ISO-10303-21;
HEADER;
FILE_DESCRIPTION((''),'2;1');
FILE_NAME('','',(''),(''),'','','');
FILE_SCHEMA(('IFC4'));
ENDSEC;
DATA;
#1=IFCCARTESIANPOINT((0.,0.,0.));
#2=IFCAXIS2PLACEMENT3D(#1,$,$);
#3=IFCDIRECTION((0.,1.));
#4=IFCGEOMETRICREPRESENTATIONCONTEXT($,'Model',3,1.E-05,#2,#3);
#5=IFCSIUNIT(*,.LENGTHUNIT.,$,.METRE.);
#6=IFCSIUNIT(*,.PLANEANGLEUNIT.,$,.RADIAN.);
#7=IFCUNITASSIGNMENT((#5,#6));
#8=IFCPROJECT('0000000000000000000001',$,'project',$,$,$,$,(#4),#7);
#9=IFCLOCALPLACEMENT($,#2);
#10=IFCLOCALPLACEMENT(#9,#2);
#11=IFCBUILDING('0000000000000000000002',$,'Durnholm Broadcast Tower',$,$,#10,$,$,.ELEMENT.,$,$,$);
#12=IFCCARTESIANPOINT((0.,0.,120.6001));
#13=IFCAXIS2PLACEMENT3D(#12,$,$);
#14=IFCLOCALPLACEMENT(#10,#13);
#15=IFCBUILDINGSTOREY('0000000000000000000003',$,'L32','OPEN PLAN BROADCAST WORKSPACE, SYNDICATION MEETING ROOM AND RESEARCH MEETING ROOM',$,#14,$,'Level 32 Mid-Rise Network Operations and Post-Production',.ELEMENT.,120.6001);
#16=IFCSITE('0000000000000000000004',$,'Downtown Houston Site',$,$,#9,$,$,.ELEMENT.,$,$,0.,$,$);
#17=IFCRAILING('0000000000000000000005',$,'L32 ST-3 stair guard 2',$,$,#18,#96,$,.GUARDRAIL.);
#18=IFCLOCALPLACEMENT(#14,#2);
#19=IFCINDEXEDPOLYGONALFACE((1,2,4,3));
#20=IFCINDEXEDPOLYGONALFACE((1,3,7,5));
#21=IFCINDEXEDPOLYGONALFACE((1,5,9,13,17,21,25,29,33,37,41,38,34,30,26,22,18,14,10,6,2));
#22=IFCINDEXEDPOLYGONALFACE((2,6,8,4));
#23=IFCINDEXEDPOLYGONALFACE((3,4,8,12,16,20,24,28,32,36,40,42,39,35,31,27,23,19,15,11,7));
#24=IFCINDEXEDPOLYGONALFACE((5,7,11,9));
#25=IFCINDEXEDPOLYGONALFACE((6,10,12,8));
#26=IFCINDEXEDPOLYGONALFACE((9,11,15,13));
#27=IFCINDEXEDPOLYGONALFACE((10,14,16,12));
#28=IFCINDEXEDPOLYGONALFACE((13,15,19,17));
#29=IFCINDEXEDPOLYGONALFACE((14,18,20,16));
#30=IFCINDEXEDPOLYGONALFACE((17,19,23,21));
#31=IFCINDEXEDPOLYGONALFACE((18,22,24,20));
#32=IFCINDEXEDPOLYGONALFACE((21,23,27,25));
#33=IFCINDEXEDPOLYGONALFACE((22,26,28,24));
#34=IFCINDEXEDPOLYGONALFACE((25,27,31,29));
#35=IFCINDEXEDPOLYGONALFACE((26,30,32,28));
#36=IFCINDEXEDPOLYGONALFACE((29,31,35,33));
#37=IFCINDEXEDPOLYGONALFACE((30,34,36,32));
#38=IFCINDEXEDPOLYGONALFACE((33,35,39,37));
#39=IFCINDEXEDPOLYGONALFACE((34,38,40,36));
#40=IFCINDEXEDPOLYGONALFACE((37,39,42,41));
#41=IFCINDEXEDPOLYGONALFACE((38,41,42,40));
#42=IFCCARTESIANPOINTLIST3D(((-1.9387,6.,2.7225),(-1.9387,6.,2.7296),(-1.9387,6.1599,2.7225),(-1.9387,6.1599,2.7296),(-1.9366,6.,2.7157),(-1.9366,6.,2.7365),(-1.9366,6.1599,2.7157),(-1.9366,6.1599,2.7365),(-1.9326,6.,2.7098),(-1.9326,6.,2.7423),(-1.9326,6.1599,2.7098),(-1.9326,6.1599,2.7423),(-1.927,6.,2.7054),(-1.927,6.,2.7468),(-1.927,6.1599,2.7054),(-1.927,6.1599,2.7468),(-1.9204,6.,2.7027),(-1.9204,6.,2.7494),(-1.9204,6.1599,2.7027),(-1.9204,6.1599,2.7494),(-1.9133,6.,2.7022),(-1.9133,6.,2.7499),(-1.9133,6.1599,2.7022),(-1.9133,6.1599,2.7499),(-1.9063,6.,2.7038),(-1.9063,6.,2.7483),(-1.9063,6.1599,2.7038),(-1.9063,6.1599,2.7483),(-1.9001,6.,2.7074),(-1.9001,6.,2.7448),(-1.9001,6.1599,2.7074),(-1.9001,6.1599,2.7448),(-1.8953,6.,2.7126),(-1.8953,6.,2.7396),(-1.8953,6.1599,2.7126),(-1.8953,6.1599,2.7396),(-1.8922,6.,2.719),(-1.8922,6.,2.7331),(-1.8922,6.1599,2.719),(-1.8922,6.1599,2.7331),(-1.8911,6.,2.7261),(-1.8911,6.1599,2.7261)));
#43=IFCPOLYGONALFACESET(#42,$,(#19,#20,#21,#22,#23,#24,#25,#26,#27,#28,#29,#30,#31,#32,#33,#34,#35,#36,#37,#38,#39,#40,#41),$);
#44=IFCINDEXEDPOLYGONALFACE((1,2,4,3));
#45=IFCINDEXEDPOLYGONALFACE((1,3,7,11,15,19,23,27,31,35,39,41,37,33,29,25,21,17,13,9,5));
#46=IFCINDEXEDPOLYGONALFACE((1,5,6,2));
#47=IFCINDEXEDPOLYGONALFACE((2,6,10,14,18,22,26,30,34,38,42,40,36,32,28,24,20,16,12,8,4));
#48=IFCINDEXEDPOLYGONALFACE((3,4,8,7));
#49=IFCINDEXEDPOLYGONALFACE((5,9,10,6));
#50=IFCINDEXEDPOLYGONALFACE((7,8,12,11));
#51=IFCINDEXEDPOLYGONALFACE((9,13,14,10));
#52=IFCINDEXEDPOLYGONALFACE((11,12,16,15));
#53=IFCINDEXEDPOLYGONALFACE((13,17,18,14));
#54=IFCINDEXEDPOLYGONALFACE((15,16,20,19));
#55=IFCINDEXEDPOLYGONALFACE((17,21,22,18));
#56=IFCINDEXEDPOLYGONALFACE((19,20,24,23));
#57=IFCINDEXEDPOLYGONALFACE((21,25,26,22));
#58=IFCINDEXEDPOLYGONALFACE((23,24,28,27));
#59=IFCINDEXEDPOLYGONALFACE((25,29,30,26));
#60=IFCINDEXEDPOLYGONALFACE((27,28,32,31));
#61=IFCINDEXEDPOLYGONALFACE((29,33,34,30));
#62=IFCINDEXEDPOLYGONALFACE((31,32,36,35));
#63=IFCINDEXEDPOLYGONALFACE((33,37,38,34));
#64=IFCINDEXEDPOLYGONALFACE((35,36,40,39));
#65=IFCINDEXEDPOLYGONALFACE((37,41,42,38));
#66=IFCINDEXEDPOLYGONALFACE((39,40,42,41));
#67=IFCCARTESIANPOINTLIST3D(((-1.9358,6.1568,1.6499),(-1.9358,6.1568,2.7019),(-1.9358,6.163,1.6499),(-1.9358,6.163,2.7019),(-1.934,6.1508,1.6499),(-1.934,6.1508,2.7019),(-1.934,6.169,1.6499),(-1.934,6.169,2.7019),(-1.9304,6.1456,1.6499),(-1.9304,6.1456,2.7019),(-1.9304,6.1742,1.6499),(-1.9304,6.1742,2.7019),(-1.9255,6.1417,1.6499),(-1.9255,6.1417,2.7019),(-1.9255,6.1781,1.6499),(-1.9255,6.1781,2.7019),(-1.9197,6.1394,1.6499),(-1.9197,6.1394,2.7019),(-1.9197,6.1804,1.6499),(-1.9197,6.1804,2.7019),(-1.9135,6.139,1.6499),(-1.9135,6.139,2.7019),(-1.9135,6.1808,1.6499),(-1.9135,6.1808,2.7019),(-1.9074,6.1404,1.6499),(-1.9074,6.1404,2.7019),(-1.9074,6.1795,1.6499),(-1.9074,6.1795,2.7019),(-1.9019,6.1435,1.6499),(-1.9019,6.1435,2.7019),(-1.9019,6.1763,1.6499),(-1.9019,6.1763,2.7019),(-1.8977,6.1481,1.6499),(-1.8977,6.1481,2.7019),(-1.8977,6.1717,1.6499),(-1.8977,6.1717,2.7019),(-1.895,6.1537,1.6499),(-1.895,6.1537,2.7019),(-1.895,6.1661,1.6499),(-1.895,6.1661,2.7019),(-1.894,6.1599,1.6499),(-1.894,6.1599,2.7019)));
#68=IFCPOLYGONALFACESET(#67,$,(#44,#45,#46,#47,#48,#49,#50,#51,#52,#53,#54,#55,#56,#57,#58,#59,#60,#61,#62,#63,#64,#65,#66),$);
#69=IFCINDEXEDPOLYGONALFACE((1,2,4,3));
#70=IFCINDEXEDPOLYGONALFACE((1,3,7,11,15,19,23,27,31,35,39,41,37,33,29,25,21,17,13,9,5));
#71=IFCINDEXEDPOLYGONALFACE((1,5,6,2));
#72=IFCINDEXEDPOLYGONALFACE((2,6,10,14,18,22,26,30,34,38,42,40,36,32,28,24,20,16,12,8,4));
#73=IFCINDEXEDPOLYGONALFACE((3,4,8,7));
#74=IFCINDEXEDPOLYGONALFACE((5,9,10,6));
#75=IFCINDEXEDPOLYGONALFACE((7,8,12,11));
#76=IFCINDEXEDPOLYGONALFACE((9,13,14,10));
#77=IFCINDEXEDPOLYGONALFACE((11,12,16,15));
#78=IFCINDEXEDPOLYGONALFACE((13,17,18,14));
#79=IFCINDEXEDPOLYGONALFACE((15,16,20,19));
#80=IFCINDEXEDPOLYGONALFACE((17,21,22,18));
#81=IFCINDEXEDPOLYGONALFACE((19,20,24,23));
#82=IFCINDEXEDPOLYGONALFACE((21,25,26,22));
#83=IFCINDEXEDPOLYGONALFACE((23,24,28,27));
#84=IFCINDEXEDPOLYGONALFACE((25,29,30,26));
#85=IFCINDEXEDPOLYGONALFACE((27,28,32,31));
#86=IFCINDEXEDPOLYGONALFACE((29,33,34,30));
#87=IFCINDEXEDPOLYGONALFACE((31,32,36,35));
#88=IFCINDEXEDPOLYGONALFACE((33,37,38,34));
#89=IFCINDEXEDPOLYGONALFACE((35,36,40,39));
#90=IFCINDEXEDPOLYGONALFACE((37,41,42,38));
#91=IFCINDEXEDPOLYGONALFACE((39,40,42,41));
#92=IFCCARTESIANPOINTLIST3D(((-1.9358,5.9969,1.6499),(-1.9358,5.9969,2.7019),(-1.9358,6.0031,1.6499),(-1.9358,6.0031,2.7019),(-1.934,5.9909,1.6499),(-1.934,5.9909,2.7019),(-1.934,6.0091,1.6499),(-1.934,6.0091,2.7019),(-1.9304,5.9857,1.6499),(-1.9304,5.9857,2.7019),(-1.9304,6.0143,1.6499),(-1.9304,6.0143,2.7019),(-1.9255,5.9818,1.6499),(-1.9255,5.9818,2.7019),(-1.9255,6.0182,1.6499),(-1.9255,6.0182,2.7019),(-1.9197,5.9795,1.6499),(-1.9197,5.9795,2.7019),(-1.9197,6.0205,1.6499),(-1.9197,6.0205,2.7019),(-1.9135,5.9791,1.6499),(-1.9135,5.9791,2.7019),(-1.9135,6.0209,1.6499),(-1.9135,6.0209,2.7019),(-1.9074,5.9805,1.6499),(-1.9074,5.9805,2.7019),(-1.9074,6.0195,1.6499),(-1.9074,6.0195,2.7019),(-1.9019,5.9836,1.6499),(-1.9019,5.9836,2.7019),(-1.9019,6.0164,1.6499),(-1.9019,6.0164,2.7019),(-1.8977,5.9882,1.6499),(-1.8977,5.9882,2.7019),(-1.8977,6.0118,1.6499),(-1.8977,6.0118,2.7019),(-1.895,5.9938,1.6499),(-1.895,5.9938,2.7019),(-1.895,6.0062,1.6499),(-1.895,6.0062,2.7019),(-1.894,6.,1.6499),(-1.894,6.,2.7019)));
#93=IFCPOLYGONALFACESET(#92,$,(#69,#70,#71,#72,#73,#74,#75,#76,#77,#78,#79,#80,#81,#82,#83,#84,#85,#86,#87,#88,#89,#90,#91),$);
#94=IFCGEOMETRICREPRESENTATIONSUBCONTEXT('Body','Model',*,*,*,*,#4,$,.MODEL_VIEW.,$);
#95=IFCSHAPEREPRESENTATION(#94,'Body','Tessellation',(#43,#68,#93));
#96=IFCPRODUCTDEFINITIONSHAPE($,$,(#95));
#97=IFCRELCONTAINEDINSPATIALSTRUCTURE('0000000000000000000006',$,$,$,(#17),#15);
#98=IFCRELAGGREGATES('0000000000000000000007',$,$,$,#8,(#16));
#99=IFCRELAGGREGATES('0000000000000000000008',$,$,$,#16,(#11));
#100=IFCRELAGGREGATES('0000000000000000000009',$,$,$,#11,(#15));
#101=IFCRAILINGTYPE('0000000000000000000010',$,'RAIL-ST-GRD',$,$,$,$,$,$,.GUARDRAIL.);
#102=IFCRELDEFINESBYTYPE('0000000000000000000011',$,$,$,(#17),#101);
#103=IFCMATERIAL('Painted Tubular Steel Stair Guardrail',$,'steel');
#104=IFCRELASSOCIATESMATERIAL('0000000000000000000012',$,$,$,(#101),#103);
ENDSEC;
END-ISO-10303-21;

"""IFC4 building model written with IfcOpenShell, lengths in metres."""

from ifc_helpers import new_model, si_unit, direction, frame, origin, origin_2d, place, context, subcontext, project, spatial, circle, extrude, material, type_object, element, save


model = new_model("IFC4")

# Units and contexts
model_context = context("Model", 3, precision=1e-05, world=origin(), true_north=direction((0.0, 1.0)))
body_context = subcontext(model_context, "Body", "Model", "MODEL_VIEW")
ifc_project = project(units=[si_unit("LENGTHUNIT", "METRE"), si_unit("PLANEANGLEUNIT", "RADIAN")], contexts=[model_context])

# Site, building, storey
site_placement = place(None, origin())
site = spatial("IfcSite", under=ifc_project, at=site_placement, Name="Downtown Houston Site", CompositionType="ELEMENT", RefElevation=0.0)
building_placement = place(site_placement, origin())
building = spatial("IfcBuilding", under=site, at=building_placement, Name="Durnholm Broadcast Tower", CompositionType="ELEMENT")
storey_placement = place(building_placement, frame((0.0, 0.0, 120.6001)))
storey = spatial("IfcBuildingStorey", under=building, at=storey_placement, Name="L32", Description="OPEN PLAN BROADCAST WORKSPACE, SYNDICATION MEETING ROOM AND RESEARCH MEETING ROOM", LongName="Level 32 Mid-Rise Network Operations and Post-Production", CompositionType="ELEMENT", Elevation=120.6001)

# Railing
ifc_material_1 = material(Name="Painted Tubular Steel Stair Guardrail", Category="steel")
railing_type_1 = type_object("IfcRailingType", Name="RAIL-ST-GRD", PredefinedType="GUARDRAIL", material=ifc_material_1)
railing_1_placement = place(storey_placement, frame((-1.915, 6.1599, 1.6499)))
element("IfcRailing", 1, at=railing_1_placement, inside=storey, type_object=railing_type_1, Name="L32 ST-3 stair guard 2", PredefinedType="GUARDRAIL", context=body_context, shape_type="SweptSolid", body=[
    extrude(circle(Radius=0.0239, at=origin_2d()), frame((0.0, 0.0, 1.0762), z_axis=(0.0, -1.0, 0.0), x_axis=(1.0, 0.0, 0.0)), (0.0, 0.0, 1.0), 0.1599),
    extrude(circle(Radius=0.021, at=origin_2d()), origin(), (0.0, 0.0, 1.0), 1.052),
    extrude(circle(Radius=0.021, at=origin_2d()), frame((0.0, -0.1599, 0.0)), (0.0, 0.0, 1.0), 1.052),
])

save(model, "model.ifc")
